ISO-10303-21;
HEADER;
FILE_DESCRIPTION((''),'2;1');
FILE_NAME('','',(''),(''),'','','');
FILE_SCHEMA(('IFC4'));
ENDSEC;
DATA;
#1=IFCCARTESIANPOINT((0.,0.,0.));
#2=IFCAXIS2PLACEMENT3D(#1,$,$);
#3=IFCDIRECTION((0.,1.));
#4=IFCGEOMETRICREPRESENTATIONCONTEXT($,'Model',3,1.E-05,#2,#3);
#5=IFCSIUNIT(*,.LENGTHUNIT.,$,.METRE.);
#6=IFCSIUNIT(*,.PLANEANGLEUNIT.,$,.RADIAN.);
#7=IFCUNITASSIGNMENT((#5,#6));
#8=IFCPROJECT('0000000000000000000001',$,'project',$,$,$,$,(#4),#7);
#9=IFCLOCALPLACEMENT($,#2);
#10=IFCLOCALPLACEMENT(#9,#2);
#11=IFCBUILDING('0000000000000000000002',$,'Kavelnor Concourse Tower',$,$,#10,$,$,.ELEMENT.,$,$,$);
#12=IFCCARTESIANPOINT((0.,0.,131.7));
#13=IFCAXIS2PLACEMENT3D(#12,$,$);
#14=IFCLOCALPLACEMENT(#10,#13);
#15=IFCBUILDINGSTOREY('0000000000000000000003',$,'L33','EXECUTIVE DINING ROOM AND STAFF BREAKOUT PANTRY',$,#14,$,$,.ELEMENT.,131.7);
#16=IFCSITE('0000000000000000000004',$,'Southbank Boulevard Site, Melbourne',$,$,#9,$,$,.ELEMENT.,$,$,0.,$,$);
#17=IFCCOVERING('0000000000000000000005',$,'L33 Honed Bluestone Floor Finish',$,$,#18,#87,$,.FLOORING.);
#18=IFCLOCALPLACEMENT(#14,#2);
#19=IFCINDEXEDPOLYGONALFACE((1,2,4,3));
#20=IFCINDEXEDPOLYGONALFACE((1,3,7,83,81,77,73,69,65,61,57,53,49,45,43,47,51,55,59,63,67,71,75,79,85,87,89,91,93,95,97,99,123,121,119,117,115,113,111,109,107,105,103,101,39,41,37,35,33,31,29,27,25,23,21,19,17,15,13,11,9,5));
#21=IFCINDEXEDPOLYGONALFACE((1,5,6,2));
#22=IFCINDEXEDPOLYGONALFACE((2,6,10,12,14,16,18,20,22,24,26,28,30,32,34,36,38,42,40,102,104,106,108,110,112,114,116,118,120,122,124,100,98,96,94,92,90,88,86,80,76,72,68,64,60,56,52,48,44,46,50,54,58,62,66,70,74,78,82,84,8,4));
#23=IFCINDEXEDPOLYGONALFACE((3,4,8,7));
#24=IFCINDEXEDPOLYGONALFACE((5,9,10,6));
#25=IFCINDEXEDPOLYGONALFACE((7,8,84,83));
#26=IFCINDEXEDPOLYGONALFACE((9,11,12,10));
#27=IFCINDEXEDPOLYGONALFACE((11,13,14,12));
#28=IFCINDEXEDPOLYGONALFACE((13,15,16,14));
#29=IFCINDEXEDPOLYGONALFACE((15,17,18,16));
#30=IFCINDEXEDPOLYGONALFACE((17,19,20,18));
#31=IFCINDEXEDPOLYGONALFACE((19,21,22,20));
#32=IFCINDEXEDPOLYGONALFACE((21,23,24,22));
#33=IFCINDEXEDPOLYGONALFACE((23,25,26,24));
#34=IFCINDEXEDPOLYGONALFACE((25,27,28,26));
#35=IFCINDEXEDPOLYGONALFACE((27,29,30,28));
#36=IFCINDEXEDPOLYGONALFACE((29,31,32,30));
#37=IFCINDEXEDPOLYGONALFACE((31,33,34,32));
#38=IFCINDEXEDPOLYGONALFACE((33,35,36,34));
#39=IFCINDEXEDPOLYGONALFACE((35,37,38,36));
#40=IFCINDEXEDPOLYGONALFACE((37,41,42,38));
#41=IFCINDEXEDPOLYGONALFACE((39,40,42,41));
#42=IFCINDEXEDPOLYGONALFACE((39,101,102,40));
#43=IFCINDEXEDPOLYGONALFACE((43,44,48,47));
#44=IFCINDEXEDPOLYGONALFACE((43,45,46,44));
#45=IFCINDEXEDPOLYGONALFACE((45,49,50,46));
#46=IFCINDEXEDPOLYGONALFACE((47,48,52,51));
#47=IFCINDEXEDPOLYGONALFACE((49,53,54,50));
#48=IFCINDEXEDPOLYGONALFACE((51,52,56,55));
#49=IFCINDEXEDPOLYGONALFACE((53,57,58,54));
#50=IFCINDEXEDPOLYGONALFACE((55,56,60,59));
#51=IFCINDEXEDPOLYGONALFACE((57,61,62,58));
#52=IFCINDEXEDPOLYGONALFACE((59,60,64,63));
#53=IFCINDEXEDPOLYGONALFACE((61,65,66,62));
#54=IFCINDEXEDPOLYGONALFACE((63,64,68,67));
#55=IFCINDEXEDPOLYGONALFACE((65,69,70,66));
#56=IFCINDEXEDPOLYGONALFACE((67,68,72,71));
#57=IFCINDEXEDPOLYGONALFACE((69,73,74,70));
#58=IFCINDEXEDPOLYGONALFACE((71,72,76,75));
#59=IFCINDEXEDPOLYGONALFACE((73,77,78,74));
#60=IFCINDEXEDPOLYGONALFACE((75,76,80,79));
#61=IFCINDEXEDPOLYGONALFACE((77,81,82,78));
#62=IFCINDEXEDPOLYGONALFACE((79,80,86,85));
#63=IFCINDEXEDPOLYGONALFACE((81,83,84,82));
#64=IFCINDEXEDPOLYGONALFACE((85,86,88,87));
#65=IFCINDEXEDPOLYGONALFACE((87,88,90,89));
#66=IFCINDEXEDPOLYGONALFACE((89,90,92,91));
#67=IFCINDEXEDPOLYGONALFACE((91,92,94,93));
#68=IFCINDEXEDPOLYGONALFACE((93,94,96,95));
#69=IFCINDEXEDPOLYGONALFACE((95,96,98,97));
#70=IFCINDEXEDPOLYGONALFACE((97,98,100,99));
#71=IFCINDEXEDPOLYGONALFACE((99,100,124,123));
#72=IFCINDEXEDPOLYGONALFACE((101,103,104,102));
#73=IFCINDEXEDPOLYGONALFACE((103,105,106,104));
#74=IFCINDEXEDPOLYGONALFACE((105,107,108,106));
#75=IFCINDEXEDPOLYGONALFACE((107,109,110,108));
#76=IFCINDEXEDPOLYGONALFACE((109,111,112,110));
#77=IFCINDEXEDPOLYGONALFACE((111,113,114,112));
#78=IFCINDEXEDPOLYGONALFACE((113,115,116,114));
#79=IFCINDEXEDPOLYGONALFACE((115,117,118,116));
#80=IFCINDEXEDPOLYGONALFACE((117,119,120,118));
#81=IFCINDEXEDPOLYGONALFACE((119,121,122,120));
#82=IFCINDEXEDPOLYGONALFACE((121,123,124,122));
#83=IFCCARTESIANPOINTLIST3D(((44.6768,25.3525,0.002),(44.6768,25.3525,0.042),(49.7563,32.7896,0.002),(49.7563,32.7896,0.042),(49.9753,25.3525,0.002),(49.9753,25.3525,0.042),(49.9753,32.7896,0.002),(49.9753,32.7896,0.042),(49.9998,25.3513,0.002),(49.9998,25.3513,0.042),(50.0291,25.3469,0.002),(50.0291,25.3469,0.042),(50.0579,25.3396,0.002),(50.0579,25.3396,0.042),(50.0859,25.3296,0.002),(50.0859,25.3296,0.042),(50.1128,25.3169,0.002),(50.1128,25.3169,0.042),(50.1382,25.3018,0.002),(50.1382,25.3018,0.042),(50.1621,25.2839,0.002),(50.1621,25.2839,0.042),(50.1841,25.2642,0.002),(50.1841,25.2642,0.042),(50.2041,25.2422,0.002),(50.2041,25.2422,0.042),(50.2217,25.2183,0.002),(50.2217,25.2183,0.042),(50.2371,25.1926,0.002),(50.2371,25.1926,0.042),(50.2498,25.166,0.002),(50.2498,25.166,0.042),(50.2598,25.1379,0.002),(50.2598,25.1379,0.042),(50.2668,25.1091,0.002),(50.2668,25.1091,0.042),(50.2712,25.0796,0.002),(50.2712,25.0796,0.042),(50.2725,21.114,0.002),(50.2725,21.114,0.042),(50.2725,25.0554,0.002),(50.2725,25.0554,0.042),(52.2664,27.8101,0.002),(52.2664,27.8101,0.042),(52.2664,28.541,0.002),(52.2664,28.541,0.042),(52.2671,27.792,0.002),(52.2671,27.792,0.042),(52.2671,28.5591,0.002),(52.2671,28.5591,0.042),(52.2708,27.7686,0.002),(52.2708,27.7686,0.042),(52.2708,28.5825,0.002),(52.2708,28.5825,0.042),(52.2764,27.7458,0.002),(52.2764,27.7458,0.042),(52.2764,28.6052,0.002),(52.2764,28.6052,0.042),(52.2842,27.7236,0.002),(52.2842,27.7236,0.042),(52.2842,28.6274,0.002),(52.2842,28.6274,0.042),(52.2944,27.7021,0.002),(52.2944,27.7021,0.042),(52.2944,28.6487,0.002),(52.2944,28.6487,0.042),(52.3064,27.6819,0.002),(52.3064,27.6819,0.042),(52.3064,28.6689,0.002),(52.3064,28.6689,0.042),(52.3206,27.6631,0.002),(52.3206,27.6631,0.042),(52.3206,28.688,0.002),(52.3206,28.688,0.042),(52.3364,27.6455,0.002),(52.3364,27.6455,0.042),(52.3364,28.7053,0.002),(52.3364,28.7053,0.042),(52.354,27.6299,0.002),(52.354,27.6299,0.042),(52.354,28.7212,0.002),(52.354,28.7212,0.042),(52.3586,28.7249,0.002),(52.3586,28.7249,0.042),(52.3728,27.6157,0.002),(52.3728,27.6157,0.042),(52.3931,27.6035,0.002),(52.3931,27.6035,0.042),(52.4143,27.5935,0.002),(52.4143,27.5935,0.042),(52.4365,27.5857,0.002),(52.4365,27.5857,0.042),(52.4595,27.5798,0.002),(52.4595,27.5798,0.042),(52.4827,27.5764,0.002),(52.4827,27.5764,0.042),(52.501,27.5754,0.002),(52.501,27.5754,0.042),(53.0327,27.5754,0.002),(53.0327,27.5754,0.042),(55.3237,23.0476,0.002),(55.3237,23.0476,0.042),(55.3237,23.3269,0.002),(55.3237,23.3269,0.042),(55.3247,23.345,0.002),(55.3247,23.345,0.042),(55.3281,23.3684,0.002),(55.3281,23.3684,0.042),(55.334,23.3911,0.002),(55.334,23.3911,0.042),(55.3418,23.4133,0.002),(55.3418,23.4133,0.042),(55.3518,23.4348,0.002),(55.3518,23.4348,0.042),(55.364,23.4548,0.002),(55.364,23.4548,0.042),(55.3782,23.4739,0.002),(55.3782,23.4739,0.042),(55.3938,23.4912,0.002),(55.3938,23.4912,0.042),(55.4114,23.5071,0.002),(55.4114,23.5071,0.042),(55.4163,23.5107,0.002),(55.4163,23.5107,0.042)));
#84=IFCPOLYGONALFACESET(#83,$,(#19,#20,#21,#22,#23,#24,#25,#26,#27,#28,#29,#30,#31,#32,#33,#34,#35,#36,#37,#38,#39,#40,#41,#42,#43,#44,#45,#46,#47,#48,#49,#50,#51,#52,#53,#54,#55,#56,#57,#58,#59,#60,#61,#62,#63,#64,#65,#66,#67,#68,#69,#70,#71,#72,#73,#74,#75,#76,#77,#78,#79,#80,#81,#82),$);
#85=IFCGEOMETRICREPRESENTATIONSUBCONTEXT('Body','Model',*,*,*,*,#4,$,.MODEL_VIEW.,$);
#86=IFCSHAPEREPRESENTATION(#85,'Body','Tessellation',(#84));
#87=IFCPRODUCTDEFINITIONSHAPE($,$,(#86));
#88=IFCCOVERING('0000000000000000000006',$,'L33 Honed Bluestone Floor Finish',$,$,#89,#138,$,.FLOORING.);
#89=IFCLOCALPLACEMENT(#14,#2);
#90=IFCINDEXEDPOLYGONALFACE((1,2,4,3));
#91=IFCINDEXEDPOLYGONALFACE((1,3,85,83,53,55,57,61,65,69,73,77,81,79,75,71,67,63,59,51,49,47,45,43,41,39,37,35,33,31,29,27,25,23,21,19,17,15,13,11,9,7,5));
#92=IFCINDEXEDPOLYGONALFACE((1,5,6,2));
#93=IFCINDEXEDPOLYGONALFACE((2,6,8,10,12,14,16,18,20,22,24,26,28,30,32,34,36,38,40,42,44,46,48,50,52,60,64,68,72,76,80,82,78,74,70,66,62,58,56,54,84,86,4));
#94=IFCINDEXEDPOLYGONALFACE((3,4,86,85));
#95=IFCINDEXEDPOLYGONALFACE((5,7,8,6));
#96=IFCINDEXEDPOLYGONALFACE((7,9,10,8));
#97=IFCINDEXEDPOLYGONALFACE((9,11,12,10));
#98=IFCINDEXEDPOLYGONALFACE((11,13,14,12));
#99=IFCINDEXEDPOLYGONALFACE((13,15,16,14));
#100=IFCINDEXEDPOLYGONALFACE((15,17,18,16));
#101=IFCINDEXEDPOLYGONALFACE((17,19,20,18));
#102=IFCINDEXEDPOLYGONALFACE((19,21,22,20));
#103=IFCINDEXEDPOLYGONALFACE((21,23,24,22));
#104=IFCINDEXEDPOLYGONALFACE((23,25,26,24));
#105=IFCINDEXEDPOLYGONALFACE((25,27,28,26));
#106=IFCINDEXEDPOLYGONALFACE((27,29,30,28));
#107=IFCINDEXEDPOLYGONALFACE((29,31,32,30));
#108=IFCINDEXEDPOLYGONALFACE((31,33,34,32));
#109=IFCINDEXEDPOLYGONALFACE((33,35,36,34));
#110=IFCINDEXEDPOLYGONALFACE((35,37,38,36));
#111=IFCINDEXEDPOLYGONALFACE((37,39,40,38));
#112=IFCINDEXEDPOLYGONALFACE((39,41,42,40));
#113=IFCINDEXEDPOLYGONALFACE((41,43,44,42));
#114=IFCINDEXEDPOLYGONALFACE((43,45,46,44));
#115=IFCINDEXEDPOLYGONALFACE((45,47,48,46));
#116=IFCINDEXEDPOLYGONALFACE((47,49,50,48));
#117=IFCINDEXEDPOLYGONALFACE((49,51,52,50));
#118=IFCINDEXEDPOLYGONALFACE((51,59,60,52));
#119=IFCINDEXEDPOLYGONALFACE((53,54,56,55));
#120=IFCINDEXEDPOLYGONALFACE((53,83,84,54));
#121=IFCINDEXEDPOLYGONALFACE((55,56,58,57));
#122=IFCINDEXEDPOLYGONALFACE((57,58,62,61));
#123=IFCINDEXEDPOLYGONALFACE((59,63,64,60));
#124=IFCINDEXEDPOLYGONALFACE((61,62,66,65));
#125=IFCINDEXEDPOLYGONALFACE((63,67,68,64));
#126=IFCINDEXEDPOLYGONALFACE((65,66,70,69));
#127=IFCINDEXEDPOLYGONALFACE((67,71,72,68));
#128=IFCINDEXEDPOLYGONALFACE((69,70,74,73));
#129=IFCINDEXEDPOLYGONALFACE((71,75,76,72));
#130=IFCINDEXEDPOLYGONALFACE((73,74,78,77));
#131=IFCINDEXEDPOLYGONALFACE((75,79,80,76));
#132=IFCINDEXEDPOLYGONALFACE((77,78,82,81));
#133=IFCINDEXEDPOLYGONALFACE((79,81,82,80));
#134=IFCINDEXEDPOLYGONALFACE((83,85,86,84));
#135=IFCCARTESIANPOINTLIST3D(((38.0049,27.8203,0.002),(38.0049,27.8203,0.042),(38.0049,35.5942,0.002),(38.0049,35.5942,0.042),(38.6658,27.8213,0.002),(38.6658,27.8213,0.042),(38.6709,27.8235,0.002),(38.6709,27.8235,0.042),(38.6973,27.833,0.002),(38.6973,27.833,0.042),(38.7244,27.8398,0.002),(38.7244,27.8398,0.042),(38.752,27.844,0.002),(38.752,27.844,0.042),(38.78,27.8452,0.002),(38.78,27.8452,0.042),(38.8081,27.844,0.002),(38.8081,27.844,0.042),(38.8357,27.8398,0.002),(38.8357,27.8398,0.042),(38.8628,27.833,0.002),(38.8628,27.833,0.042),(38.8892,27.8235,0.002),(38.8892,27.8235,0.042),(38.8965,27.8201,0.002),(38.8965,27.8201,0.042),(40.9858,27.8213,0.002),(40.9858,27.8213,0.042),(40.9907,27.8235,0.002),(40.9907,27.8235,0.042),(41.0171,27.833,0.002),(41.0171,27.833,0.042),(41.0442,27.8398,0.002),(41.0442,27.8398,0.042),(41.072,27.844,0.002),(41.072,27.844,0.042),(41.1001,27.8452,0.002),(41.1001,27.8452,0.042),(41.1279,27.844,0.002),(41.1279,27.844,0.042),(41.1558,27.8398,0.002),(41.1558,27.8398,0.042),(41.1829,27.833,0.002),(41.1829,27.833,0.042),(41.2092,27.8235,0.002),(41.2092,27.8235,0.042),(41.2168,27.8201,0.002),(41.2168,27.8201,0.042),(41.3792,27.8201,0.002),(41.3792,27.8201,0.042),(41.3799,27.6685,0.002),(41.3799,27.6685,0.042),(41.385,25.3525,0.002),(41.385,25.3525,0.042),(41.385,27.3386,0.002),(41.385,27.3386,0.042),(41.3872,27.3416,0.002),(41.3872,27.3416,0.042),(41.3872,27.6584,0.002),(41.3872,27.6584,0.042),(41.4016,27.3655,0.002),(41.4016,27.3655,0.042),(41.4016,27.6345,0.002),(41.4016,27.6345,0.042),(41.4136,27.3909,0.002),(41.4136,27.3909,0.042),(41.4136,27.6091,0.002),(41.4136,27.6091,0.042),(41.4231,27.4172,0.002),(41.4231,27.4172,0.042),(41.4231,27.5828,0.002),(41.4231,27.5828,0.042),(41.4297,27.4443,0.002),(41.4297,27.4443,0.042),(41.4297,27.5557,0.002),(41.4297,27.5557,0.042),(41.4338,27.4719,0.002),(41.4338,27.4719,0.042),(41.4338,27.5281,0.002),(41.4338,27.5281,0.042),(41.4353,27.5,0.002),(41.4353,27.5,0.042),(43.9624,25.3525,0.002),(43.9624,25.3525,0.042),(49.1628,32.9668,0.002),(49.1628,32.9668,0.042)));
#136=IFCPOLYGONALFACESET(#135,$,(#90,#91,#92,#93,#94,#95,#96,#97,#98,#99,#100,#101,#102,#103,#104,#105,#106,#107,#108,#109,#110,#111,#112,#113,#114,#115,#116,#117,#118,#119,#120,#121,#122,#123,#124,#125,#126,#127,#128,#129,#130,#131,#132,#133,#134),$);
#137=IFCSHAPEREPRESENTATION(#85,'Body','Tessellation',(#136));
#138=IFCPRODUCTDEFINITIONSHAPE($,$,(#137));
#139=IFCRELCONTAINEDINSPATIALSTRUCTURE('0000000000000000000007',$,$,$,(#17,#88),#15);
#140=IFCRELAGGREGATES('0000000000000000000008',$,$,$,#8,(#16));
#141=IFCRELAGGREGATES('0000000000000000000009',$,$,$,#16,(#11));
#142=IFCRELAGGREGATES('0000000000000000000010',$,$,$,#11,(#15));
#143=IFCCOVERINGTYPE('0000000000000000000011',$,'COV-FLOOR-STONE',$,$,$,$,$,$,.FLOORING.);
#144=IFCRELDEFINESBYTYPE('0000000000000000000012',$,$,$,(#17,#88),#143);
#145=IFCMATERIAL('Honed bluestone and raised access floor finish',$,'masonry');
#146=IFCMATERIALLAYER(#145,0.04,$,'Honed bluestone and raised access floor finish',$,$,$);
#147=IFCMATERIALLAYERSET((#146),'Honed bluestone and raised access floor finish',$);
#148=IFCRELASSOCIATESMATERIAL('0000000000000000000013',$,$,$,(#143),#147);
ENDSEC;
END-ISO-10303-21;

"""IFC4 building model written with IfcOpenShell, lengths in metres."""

from ifc_helpers import new_model, si_unit, direction, frame, origin, place, context, subcontext, project, spatial, polyline, outline, extrude, material, layer, layer_set, type_object, element, save


model = new_model("IFC4")

# Units and contexts
model_context = context("Model", 3, precision=1e-05, world=origin(), true_north=direction((0.0, 1.0)))
body_context = subcontext(model_context, "Body", "Model", "MODEL_VIEW")
ifc_project = project(units=[si_unit("LENGTHUNIT", "METRE"), si_unit("PLANEANGLEUNIT", "RADIAN")], contexts=[model_context])

# Site, building, storey
site_placement = place(None, origin())
site = spatial("IfcSite", under=ifc_project, at=site_placement, Name="Southbank Boulevard Site, Melbourne", CompositionType="ELEMENT", RefElevation=0.0)
building_placement = place(site_placement, origin())
building = spatial("IfcBuilding", under=site, at=building_placement, Name="Kavelnor Concourse Tower", CompositionType="ELEMENT")
storey_placement = place(building_placement, frame((0.0, 0.0, 131.7)))
storey = spatial("IfcBuildingStorey", under=building, at=storey_placement, Name="L33", Description="EXECUTIVE DINING ROOM AND STAFF BREAKOUT PANTRY", CompositionType="ELEMENT", Elevation=131.7)

# Coverings
ifc_material_1 = material(Name="Honed bluestone and raised access floor finish", Category="masonry")
ifc_layer_1 = layer(ifc_material_1, 0.04, Name="Honed bluestone and raised access floor finish")
ifc_layer_set_1 = layer_set([ifc_layer_1], Name="Honed bluestone and raised access floor finish")
covering_type_1 = type_object("IfcCoveringType", Name="COV-FLOOR-STONE", PredefinedType="FLOORING", material=ifc_layer_set_1)
covering_1_placement = place(storey_placement, frame((0.0, 0.0, 0.002)))
element("IfcCovering", 1, at=covering_1_placement, inside=storey, type_object=covering_type_1, Name="L33 Honed Bluestone Floor Finish", PredefinedType="FLOORING", context=body_context, shape_type="SweptSolid", body=[
    extrude(outline(polyline([(50.2712, 25.0796), (50.2668, 25.1091), (50.2598, 25.1379), (50.2498, 25.166), (50.2371, 25.1926), (50.2217, 25.2183), (50.2041, 25.2422), (50.1841, 25.2642), (50.1621, 25.2839), (50.1382, 25.3018), (50.1128, 25.3169), (50.0859, 25.3296), (50.0579, 25.3396), (50.0291, 25.3469), (49.9998, 25.3513), (49.9753, 25.3525), (44.6768, 25.3525), (49.7563, 32.7896), (49.9753, 32.7896), (52.3586, 28.7249), (52.354, 28.7212), (52.3364, 28.7053), (52.3206, 28.688), (52.3064, 28.6689), (52.2944, 28.6487), (52.2842, 28.6274), (52.2764, 28.6052), (52.2708, 28.5825), (52.2671, 28.5591), (52.2664, 28.541), (52.2664, 27.8101), (52.2671, 27.792), (52.2708, 27.7686), (52.2764, 27.7458), (52.2842, 27.7236), (52.2944, 27.7021), (52.3064, 27.6819), (52.3206, 27.6631), (52.3364, 27.6455), (52.354, 27.6299), (52.3728, 27.6157), (52.3931, 27.6035), (52.4143, 27.5935), (52.4365, 27.5857), (52.4595, 27.5798), (52.4827, 27.5764), (52.501, 27.5754), (53.0327, 27.5754), (55.4163, 23.5107), (55.4114, 23.5071), (55.3938, 23.4912), (55.3782, 23.4739), (55.364, 23.4548), (55.3518, 23.4348), (55.3418, 23.4133), (55.334, 23.3911), (55.3281, 23.3684), (55.3247, 23.345), (55.3237, 23.3269), (55.3237, 23.0476), (50.2725, 21.114), (50.2725, 25.0554), (50.2712, 25.0796)])), origin(), (0.0, 0.0, 1.0), 0.04),
])
covering_2_placement = place(storey_placement, frame((0.0, 0.0, 0.002)))
element("IfcCovering", 2, at=covering_2_placement, inside=storey, type_object=covering_type_1, Name="L33 Honed Bluestone Floor Finish", PredefinedType="FLOORING", context=body_context, shape_type="SweptSolid", body=[
    extrude(outline(polyline([(43.9624, 25.3525), (41.385, 25.3525), (41.385, 27.3386), (41.3872, 27.3416), (41.4016, 27.3655), (41.4136, 27.3909), (41.4231, 27.4172), (41.4297, 27.4443), (41.4338, 27.4719), (41.4353, 27.5), (41.4338, 27.5281), (41.4297, 27.5557), (41.4231, 27.5828), (41.4136, 27.6091), (41.4016, 27.6345), (41.3872, 27.6584), (41.3799, 27.6685), (41.3792, 27.8201), (41.2168, 27.8201), (41.2092, 27.8235), (41.1829, 27.833), (41.1558, 27.8398), (41.1279, 27.844), (41.1001, 27.8452), (41.072, 27.844), (41.0442, 27.8398), (41.0171, 27.833), (40.9907, 27.8235), (40.9858, 27.8213), (38.8965, 27.8201), (38.8892, 27.8235), (38.8628, 27.833), (38.8357, 27.8398), (38.8081, 27.844), (38.78, 27.8452), (38.752, 27.844), (38.7244, 27.8398), (38.6973, 27.833), (38.6709, 27.8235), (38.6658, 27.8213), (38.0049, 27.8203), (38.0049, 35.5942), (49.1628, 32.9668), (43.9624, 25.3525)])), origin(), (0.0, 0.0, 1.0), 0.04),
])

save(model, "model.ifc")
